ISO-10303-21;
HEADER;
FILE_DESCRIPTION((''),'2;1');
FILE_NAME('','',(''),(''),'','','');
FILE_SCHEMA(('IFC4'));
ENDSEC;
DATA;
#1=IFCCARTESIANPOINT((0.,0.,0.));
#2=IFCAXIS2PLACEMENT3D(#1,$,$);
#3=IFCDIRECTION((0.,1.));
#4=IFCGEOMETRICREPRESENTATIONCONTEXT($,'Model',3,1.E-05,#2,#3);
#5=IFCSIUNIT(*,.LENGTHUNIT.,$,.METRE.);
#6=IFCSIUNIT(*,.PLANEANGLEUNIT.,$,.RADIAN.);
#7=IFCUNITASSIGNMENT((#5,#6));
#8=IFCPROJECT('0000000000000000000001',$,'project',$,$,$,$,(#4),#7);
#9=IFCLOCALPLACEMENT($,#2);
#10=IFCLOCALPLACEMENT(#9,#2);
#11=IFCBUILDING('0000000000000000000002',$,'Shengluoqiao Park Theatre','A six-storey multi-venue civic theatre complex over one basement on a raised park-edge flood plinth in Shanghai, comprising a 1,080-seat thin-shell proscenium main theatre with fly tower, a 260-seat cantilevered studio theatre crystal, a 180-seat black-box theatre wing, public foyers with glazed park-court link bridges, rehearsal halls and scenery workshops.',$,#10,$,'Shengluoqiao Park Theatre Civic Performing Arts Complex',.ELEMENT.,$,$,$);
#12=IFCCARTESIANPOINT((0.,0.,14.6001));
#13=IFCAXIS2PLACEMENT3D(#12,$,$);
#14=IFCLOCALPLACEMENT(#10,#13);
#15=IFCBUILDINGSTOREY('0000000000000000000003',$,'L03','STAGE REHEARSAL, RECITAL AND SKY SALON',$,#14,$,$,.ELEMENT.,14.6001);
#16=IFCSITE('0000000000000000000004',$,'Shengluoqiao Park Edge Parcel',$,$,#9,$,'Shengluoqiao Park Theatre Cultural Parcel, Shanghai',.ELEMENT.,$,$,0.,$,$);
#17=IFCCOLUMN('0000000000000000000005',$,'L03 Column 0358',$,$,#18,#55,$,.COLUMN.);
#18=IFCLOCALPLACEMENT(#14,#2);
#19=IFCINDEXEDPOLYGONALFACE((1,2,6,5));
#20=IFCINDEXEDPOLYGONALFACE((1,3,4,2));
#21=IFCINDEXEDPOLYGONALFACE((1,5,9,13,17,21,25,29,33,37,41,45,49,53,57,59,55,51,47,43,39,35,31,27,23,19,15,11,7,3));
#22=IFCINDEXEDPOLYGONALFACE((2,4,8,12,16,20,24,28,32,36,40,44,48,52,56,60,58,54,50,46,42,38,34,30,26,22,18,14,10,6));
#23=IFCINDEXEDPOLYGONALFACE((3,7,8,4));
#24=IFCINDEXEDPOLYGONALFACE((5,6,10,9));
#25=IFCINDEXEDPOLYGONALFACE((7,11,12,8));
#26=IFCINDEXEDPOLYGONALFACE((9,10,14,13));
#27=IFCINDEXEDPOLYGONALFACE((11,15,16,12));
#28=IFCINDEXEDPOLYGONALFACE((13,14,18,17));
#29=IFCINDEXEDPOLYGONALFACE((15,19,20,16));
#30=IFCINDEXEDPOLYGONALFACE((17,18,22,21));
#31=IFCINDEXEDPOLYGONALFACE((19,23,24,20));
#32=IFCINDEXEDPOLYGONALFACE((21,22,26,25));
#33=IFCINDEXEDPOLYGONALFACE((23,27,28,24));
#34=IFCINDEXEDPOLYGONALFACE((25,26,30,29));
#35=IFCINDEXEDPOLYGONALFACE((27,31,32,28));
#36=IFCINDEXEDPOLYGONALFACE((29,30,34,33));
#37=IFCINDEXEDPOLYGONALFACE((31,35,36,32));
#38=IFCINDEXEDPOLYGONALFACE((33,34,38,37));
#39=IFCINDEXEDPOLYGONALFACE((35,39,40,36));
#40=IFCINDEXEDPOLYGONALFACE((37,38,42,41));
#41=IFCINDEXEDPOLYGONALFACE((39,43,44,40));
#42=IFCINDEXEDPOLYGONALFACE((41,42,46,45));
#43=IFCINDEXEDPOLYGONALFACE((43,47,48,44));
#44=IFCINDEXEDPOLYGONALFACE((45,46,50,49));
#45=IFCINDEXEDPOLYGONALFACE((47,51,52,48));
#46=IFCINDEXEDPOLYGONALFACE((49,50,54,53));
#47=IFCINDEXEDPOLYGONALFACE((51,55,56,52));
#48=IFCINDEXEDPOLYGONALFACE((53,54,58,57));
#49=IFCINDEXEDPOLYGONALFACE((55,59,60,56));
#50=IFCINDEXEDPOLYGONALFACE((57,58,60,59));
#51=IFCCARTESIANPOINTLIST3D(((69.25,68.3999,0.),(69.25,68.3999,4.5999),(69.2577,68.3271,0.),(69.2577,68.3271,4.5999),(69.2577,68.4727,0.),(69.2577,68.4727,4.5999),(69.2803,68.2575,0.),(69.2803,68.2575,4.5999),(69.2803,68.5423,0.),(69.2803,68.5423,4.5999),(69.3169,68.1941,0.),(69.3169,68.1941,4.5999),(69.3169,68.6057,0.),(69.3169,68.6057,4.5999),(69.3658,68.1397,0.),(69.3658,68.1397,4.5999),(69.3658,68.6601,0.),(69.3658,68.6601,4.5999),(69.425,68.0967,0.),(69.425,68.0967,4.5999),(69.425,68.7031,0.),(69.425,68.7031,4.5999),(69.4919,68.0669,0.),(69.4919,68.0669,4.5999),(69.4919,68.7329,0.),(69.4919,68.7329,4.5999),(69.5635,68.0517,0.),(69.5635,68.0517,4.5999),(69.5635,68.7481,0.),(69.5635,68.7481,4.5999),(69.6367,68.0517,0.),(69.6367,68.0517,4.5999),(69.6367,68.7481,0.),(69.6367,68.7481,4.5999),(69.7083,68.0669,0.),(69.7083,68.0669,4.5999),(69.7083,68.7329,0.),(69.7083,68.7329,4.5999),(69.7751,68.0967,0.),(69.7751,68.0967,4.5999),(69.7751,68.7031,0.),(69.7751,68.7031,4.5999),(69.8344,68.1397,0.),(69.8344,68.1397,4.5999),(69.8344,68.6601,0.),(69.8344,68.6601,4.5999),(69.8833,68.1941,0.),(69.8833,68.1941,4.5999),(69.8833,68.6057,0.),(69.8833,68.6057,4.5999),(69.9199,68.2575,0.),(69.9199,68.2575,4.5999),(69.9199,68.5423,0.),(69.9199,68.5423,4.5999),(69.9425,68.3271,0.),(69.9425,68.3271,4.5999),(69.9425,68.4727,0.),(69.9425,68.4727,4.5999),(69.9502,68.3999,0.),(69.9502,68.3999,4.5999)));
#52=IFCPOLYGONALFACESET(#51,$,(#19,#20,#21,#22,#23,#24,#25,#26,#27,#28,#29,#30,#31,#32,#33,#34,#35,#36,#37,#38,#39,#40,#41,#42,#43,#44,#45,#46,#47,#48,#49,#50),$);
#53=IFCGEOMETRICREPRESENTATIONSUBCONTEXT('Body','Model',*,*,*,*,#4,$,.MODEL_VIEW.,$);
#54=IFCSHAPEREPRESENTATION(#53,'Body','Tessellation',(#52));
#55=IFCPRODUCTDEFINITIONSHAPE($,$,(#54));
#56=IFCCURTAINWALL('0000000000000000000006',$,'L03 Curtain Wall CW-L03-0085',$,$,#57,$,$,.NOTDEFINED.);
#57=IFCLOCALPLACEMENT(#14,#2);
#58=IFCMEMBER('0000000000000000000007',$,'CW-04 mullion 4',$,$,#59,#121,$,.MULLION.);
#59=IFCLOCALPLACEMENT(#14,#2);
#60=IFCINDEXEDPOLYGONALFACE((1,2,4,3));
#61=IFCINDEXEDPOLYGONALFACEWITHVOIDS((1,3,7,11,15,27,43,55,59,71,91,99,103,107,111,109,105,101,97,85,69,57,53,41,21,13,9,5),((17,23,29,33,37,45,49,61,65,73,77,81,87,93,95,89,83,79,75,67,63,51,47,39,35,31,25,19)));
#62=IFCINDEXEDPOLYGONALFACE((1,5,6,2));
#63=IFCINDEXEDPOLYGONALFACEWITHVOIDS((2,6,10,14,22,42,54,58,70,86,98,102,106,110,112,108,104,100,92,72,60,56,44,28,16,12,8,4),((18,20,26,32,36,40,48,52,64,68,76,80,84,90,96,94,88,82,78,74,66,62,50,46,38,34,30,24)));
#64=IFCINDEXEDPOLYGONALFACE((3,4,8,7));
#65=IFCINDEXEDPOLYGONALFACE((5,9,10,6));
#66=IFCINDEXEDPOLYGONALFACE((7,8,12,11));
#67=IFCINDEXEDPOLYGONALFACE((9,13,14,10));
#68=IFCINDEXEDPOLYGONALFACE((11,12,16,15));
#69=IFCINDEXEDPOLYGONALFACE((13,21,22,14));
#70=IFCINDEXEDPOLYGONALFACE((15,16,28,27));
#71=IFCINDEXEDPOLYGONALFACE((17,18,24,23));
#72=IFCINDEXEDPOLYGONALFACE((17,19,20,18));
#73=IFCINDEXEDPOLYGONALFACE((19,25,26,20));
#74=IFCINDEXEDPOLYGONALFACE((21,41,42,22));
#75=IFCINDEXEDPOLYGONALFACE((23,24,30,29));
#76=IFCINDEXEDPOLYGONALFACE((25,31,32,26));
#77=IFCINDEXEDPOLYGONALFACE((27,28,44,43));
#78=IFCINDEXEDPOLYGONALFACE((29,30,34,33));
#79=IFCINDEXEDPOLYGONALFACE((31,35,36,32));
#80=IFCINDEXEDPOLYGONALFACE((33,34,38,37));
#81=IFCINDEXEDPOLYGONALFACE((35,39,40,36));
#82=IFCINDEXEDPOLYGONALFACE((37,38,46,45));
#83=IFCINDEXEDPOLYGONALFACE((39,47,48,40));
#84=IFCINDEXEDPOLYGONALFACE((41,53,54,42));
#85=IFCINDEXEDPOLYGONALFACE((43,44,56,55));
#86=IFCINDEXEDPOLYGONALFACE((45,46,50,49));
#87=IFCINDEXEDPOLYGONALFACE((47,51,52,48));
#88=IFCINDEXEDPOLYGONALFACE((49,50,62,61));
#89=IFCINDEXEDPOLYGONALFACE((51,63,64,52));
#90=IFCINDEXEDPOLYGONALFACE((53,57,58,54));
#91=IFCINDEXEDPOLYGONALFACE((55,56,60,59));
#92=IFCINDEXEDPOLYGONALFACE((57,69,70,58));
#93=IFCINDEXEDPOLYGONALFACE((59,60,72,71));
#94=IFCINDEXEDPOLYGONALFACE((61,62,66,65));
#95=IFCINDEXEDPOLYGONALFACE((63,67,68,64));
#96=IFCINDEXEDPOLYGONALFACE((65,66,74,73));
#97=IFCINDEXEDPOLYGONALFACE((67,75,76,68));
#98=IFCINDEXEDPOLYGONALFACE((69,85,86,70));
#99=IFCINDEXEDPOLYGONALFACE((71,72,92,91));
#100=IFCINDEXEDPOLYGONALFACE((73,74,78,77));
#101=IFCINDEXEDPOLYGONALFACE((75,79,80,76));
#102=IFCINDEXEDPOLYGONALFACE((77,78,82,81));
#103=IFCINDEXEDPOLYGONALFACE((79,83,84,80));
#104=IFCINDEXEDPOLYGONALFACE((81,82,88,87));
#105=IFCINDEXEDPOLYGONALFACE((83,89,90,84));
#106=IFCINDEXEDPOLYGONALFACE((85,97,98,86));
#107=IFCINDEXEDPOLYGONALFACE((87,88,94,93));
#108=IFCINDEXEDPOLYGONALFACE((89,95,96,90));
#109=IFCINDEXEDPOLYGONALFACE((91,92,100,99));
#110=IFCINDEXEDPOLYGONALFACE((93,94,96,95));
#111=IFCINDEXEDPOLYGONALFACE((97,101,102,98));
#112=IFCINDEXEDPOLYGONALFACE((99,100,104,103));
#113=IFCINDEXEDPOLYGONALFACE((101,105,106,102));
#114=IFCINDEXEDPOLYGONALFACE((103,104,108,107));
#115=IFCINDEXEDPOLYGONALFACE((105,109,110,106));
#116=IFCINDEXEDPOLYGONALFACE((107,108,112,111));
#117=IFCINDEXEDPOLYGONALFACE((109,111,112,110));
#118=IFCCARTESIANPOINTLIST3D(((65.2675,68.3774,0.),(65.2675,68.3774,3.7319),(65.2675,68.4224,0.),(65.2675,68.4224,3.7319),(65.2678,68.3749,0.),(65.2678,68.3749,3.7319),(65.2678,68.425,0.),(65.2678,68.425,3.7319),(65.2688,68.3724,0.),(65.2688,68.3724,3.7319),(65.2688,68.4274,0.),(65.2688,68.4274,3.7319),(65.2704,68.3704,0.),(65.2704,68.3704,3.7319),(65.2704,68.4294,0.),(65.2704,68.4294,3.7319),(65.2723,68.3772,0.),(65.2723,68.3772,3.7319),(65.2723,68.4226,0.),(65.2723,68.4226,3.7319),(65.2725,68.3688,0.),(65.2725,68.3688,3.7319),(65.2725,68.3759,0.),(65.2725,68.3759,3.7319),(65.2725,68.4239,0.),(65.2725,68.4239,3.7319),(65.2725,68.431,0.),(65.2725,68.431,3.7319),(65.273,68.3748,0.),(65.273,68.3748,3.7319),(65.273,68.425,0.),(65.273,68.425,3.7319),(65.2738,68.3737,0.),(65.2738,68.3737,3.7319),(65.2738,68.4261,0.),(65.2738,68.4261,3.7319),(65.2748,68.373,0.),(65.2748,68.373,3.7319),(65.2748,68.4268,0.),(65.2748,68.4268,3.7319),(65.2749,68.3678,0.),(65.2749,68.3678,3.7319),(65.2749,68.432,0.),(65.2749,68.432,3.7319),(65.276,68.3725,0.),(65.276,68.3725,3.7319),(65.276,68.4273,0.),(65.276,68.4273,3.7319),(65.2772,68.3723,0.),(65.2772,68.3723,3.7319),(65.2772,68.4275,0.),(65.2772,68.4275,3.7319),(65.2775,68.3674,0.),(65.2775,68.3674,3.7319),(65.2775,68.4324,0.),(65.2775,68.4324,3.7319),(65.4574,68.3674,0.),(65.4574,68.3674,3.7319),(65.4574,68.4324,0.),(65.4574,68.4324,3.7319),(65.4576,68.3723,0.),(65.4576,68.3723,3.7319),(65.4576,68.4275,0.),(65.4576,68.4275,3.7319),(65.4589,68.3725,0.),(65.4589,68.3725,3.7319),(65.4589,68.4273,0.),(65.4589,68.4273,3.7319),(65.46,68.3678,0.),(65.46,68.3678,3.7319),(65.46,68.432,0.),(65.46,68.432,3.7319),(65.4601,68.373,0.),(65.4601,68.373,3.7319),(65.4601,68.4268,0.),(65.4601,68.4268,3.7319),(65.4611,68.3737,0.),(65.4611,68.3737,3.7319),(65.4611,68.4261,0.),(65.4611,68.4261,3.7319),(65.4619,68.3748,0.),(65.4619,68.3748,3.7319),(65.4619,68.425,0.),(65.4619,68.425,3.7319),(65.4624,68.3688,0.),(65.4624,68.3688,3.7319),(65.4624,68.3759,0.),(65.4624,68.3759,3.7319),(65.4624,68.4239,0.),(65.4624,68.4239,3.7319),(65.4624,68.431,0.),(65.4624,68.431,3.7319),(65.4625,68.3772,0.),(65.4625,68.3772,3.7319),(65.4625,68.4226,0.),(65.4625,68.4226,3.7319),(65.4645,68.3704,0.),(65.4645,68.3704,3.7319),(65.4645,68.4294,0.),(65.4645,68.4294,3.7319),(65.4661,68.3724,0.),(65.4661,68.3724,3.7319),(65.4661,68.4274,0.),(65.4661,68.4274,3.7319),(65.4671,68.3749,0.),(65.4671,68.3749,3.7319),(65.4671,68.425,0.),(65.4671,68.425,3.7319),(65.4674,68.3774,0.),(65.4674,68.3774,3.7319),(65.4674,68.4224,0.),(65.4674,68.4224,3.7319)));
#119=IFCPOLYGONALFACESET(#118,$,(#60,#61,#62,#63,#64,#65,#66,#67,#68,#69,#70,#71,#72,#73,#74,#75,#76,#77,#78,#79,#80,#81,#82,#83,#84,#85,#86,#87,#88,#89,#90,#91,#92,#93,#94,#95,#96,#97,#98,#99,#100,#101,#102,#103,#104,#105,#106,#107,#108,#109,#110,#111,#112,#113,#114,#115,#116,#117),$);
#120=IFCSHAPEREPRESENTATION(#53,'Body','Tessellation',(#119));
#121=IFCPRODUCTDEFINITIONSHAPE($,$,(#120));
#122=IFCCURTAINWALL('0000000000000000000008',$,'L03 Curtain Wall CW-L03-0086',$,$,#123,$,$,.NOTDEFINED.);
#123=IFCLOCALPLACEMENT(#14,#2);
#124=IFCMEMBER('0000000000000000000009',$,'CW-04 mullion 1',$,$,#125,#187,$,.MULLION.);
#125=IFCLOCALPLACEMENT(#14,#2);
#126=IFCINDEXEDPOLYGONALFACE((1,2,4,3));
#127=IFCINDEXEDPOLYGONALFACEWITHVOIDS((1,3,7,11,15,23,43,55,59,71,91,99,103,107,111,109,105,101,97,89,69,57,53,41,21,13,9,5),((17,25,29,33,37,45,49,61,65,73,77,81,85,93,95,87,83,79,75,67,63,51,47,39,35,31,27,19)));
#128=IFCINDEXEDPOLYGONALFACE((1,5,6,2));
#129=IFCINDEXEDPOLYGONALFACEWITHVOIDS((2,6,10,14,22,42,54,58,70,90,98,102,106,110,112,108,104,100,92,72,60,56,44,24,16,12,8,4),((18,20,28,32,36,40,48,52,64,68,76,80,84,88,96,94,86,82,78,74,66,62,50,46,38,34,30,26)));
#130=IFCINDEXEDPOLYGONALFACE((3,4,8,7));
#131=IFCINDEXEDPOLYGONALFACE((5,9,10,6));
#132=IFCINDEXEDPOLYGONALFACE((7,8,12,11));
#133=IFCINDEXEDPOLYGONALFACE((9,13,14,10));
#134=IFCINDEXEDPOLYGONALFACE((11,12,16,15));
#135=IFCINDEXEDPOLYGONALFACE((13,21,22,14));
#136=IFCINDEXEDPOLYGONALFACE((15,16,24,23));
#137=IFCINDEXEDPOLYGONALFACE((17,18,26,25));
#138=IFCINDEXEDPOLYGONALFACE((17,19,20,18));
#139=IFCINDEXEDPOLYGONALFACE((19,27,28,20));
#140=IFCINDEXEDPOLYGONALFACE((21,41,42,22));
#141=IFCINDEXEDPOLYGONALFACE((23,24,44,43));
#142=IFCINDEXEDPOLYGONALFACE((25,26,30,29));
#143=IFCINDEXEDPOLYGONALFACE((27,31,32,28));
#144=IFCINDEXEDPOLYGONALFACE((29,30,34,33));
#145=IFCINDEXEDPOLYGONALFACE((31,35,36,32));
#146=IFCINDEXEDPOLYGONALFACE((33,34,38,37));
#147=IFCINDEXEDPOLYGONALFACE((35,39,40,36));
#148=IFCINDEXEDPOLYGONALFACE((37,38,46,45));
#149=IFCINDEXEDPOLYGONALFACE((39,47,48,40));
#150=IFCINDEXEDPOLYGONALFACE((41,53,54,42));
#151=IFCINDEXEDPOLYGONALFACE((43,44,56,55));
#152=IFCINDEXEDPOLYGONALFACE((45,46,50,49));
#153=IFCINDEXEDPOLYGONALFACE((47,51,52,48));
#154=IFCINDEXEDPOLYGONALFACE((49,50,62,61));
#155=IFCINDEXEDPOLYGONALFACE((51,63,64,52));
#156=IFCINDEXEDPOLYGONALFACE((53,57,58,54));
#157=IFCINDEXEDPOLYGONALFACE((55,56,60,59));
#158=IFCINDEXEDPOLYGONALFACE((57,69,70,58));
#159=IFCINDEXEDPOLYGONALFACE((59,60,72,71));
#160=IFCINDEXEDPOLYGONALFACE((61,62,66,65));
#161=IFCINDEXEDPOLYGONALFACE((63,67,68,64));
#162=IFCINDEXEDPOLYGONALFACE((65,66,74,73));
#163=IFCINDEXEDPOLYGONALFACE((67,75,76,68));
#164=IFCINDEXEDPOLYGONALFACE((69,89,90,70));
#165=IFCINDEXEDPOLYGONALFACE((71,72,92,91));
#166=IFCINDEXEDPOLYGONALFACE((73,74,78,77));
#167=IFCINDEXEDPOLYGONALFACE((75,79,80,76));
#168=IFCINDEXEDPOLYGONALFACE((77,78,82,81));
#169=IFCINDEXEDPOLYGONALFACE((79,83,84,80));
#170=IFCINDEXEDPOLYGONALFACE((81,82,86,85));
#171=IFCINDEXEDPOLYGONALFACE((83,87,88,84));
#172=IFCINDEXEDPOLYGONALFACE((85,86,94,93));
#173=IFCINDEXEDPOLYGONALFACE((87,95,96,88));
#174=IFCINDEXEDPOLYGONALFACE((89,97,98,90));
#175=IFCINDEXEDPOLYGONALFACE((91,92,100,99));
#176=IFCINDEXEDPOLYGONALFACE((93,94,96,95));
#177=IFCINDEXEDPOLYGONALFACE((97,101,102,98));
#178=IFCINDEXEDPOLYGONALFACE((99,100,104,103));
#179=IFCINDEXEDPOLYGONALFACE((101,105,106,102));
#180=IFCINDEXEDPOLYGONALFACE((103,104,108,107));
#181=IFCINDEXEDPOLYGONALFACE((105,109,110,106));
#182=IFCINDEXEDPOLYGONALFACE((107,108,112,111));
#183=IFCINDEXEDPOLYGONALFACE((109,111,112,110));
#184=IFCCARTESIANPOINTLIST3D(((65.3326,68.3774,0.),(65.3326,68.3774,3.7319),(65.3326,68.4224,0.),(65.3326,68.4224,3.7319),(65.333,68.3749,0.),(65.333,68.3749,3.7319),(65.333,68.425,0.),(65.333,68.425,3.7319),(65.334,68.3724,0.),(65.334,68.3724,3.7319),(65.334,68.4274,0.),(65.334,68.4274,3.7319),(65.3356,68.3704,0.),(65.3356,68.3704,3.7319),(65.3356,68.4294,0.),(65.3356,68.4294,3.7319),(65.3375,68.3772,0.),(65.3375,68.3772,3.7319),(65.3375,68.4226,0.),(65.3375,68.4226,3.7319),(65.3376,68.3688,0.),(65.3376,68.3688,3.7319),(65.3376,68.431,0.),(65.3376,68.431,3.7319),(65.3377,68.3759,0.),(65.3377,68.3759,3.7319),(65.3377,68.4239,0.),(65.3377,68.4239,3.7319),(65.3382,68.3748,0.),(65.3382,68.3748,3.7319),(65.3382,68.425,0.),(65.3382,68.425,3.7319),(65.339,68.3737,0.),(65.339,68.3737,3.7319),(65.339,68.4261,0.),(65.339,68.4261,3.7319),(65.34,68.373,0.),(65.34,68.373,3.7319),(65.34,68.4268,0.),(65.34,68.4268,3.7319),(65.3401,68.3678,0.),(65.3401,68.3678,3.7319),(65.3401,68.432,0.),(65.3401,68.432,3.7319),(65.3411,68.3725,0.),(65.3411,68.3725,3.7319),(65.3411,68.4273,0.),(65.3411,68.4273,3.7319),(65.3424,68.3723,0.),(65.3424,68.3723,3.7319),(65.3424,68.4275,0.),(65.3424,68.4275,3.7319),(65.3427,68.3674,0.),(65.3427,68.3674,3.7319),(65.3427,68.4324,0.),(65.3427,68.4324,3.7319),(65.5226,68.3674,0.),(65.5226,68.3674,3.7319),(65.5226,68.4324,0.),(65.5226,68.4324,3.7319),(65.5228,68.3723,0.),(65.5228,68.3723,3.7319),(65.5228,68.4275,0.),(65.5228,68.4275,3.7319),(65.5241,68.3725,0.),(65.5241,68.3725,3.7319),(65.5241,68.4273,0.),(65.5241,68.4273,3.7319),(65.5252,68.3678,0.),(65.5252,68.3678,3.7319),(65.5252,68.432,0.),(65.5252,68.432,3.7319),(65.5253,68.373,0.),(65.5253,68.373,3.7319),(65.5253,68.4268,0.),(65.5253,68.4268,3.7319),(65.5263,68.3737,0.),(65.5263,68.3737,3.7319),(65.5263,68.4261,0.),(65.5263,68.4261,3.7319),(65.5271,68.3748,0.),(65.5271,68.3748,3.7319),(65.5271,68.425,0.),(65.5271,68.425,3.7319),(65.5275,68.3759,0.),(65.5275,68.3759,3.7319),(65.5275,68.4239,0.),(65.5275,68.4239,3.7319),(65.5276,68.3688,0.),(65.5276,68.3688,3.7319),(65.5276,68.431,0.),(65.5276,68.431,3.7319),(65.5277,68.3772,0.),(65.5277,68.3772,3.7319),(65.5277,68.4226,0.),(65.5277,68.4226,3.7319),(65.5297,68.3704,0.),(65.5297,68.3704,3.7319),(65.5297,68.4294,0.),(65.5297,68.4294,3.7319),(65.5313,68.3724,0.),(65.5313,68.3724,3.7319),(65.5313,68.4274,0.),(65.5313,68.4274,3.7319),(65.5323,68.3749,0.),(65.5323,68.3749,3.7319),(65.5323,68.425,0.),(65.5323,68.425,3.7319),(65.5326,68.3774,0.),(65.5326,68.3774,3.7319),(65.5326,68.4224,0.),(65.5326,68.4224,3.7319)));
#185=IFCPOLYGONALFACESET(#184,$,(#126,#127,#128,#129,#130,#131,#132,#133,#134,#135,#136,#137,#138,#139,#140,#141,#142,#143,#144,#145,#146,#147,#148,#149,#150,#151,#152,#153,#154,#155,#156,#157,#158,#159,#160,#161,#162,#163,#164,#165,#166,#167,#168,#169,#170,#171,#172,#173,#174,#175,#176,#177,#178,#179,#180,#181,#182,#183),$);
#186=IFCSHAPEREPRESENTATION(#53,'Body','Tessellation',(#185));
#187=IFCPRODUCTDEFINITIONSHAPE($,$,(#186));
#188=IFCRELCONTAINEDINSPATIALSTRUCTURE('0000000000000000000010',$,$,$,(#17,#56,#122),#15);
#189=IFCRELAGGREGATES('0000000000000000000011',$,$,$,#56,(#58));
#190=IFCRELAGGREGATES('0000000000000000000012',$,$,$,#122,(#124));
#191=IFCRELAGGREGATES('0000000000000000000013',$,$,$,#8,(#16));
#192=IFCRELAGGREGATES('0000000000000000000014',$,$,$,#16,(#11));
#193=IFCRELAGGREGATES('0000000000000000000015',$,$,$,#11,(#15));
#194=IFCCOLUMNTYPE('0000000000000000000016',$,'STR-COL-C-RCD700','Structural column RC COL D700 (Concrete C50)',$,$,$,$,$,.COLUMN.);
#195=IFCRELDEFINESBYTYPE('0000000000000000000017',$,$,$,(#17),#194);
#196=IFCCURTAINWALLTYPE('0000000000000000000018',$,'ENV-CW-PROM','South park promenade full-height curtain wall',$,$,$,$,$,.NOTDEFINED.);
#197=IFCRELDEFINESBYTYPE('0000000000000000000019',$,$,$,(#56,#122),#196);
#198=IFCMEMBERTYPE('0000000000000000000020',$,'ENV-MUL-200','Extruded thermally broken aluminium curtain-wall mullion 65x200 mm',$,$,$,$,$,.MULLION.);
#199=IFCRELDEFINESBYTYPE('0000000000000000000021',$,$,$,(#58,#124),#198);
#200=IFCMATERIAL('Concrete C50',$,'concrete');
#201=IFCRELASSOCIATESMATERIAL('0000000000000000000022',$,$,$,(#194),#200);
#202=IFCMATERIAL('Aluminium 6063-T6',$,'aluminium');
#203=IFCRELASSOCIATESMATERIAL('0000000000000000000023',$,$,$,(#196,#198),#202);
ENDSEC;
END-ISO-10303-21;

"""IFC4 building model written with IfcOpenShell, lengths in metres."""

from ifc_helpers import new_model, si_unit, direction, frame, origin, origin_2d, place, context, subcontext, project, spatial, hollow_rectangle, circle, extrude, material, material_profile, profile_set, type_object, element, aggregate, save


model = new_model("IFC4")

# Units and contexts
model_context = context("Model", 3, precision=1e-05, world=origin(), true_north=direction((0.0, 1.0)))
body_context = subcontext(model_context, "Body", "Model", "MODEL_VIEW")
ifc_project = project(units=[si_unit("LENGTHUNIT", "METRE"), si_unit("PLANEANGLEUNIT", "RADIAN")], contexts=[model_context])

# Site, building, storey
site_placement = place(None, origin())
site = spatial("IfcSite", under=ifc_project, at=site_placement, Name="Shengluoqiao Park Edge Parcel", LongName="Shengluoqiao Park Theatre Cultural Parcel, Shanghai", CompositionType="ELEMENT", RefElevation=0.0)
building_placement = place(site_placement, origin())
building = spatial("IfcBuilding", under=site, at=building_placement, Name="Shengluoqiao Park Theatre", Description="A six-storey multi-venue civic theatre complex over one basement on a raised park-edge flood plinth in Shanghai, comprising a 1,080-seat thin-shell proscenium main theatre with fly tower, a 260-seat cantilevered studio theatre crystal, a 180-seat black-box theatre wing, public foyers with glazed park-court link bridges, rehearsal halls and scenery workshops.", LongName="Shengluoqiao Park Theatre Civic Performing Arts Complex", CompositionType="ELEMENT")
storey_placement = place(building_placement, frame((0.0, 0.0, 14.6001)))
storey = spatial("IfcBuildingStorey", under=building, at=storey_placement, Name="L03", Description="STAGE REHEARSAL, RECITAL AND SKY SALON", CompositionType="ELEMENT", Elevation=14.6001)

# Column
ifc_material_1 = material(Name="Concrete C50", Category="concrete")
ifc_material_profile_1 = material_profile(ifc_material_1, circle(Radius=0.3501, at=origin_2d()), Name="RC COL D700")
ifc_profile_set_1 = profile_set([ifc_material_profile_1], Name="Concrete C50")
column_type = type_object("IfcColumnType", Name="STR-COL-C-RCD700", Description="Structural column RC COL D700 (Concrete C50)", PredefinedType="COLUMN", material=ifc_profile_set_1)
column_placement = place(storey_placement, frame((69.6001, 68.3999, 0.0), z_axis=(0.0, 0.0, 1.0), x_axis=(1.0, 0.0, 0.0)))
element("IfcColumn", 1, at=column_placement, inside=storey, type_object=column_type, Name="L03 Column 0358", PredefinedType="COLUMN", context=body_context, shape_type="SweptSolid", body=[
    extrude(circle(Radius=0.3501, at=origin_2d()), origin(), (0.0, 0.0, 1.0), 4.5999),
])

# Curtain wall, member
ifc_material_2 = material(Name="Aluminium 6063-T6", Category="aluminium")
curtain_wall_type = type_object("IfcCurtainWallType", Name="ENV-CW-PROM", Description="South park promenade full-height curtain wall", PredefinedType="NOTDEFINED", material=ifc_material_2)
curtain_wall_1_placement = place(storey_placement, origin())
curtain_wall_1 = element("IfcCurtainWall", 2, at=curtain_wall_1_placement, inside=storey, type_object=curtain_wall_type, Name="L03 Curtain Wall CW-L03-0085", PredefinedType="NOTDEFINED")
ifc_material_profile_2 = material_profile(ifc_material_2, hollow_rectangle(XDim=0.0649, YDim=0.2, WallThickness=0.0049, InnerFilletRadius=0.0049, OuterFilletRadius=0.01, at=origin_2d()), Name="ALU MULLION 200x65x5")
ifc_profile_set_2 = profile_set([ifc_material_profile_2], Name="Aluminium 6063-T6")
member_type_1 = type_object("IfcMemberType", Name="ENV-MUL-200", Description="Extruded thermally broken aluminium curtain-wall mullion 65x200 mm", PredefinedType="MULLION", material=ifc_profile_set_2)
member_1_placement = place(storey_placement, frame((65.3674, 68.3999, 0.0), z_axis=(0.0, 0.0, 1.0), x_axis=(0.0, 1.0, 0.0)))
member_1 = element("IfcMember", 3, at=member_1_placement, type_object=member_type_1, Name="CW-04 mullion 4", PredefinedType="MULLION", context=body_context, shape_type="SweptSolid", body=[
    extrude(hollow_rectangle(XDim=0.0649, YDim=0.2, WallThickness=0.0049, InnerFilletRadius=0.0049, OuterFilletRadius=0.01, at=origin_2d()), origin(), (0.0, 0.0, 1.0), 3.7319),
])

# Curtain wall, member
curtain_wall_2_placement = place(storey_placement, origin())
curtain_wall_2 = element("IfcCurtainWall", 4, at=curtain_wall_2_placement, inside=storey, type_object=curtain_wall_type, Name="L03 Curtain Wall CW-L03-0086", PredefinedType="NOTDEFINED")
member_2_placement = place(storey_placement, frame((65.4326, 68.3999, 0.0), z_axis=(0.0, 0.0, 1.0), x_axis=(0.0, 1.0, 0.0)))
member_2 = element("IfcMember", 5, at=member_2_placement, type_object=member_type_1, Name="CW-04 mullion 1", PredefinedType="MULLION", context=body_context, shape_type="SweptSolid", body=[
    extrude(hollow_rectangle(XDim=0.0649, YDim=0.2, WallThickness=0.0049, InnerFilletRadius=0.0049, OuterFilletRadius=0.01, at=origin_2d()), origin(), (0.0, 0.0, 1.0), 3.7319),
])

aggregate(curtain_wall_1, [member_1])
aggregate(curtain_wall_2, [member_2])

save(model, "model.ifc")
